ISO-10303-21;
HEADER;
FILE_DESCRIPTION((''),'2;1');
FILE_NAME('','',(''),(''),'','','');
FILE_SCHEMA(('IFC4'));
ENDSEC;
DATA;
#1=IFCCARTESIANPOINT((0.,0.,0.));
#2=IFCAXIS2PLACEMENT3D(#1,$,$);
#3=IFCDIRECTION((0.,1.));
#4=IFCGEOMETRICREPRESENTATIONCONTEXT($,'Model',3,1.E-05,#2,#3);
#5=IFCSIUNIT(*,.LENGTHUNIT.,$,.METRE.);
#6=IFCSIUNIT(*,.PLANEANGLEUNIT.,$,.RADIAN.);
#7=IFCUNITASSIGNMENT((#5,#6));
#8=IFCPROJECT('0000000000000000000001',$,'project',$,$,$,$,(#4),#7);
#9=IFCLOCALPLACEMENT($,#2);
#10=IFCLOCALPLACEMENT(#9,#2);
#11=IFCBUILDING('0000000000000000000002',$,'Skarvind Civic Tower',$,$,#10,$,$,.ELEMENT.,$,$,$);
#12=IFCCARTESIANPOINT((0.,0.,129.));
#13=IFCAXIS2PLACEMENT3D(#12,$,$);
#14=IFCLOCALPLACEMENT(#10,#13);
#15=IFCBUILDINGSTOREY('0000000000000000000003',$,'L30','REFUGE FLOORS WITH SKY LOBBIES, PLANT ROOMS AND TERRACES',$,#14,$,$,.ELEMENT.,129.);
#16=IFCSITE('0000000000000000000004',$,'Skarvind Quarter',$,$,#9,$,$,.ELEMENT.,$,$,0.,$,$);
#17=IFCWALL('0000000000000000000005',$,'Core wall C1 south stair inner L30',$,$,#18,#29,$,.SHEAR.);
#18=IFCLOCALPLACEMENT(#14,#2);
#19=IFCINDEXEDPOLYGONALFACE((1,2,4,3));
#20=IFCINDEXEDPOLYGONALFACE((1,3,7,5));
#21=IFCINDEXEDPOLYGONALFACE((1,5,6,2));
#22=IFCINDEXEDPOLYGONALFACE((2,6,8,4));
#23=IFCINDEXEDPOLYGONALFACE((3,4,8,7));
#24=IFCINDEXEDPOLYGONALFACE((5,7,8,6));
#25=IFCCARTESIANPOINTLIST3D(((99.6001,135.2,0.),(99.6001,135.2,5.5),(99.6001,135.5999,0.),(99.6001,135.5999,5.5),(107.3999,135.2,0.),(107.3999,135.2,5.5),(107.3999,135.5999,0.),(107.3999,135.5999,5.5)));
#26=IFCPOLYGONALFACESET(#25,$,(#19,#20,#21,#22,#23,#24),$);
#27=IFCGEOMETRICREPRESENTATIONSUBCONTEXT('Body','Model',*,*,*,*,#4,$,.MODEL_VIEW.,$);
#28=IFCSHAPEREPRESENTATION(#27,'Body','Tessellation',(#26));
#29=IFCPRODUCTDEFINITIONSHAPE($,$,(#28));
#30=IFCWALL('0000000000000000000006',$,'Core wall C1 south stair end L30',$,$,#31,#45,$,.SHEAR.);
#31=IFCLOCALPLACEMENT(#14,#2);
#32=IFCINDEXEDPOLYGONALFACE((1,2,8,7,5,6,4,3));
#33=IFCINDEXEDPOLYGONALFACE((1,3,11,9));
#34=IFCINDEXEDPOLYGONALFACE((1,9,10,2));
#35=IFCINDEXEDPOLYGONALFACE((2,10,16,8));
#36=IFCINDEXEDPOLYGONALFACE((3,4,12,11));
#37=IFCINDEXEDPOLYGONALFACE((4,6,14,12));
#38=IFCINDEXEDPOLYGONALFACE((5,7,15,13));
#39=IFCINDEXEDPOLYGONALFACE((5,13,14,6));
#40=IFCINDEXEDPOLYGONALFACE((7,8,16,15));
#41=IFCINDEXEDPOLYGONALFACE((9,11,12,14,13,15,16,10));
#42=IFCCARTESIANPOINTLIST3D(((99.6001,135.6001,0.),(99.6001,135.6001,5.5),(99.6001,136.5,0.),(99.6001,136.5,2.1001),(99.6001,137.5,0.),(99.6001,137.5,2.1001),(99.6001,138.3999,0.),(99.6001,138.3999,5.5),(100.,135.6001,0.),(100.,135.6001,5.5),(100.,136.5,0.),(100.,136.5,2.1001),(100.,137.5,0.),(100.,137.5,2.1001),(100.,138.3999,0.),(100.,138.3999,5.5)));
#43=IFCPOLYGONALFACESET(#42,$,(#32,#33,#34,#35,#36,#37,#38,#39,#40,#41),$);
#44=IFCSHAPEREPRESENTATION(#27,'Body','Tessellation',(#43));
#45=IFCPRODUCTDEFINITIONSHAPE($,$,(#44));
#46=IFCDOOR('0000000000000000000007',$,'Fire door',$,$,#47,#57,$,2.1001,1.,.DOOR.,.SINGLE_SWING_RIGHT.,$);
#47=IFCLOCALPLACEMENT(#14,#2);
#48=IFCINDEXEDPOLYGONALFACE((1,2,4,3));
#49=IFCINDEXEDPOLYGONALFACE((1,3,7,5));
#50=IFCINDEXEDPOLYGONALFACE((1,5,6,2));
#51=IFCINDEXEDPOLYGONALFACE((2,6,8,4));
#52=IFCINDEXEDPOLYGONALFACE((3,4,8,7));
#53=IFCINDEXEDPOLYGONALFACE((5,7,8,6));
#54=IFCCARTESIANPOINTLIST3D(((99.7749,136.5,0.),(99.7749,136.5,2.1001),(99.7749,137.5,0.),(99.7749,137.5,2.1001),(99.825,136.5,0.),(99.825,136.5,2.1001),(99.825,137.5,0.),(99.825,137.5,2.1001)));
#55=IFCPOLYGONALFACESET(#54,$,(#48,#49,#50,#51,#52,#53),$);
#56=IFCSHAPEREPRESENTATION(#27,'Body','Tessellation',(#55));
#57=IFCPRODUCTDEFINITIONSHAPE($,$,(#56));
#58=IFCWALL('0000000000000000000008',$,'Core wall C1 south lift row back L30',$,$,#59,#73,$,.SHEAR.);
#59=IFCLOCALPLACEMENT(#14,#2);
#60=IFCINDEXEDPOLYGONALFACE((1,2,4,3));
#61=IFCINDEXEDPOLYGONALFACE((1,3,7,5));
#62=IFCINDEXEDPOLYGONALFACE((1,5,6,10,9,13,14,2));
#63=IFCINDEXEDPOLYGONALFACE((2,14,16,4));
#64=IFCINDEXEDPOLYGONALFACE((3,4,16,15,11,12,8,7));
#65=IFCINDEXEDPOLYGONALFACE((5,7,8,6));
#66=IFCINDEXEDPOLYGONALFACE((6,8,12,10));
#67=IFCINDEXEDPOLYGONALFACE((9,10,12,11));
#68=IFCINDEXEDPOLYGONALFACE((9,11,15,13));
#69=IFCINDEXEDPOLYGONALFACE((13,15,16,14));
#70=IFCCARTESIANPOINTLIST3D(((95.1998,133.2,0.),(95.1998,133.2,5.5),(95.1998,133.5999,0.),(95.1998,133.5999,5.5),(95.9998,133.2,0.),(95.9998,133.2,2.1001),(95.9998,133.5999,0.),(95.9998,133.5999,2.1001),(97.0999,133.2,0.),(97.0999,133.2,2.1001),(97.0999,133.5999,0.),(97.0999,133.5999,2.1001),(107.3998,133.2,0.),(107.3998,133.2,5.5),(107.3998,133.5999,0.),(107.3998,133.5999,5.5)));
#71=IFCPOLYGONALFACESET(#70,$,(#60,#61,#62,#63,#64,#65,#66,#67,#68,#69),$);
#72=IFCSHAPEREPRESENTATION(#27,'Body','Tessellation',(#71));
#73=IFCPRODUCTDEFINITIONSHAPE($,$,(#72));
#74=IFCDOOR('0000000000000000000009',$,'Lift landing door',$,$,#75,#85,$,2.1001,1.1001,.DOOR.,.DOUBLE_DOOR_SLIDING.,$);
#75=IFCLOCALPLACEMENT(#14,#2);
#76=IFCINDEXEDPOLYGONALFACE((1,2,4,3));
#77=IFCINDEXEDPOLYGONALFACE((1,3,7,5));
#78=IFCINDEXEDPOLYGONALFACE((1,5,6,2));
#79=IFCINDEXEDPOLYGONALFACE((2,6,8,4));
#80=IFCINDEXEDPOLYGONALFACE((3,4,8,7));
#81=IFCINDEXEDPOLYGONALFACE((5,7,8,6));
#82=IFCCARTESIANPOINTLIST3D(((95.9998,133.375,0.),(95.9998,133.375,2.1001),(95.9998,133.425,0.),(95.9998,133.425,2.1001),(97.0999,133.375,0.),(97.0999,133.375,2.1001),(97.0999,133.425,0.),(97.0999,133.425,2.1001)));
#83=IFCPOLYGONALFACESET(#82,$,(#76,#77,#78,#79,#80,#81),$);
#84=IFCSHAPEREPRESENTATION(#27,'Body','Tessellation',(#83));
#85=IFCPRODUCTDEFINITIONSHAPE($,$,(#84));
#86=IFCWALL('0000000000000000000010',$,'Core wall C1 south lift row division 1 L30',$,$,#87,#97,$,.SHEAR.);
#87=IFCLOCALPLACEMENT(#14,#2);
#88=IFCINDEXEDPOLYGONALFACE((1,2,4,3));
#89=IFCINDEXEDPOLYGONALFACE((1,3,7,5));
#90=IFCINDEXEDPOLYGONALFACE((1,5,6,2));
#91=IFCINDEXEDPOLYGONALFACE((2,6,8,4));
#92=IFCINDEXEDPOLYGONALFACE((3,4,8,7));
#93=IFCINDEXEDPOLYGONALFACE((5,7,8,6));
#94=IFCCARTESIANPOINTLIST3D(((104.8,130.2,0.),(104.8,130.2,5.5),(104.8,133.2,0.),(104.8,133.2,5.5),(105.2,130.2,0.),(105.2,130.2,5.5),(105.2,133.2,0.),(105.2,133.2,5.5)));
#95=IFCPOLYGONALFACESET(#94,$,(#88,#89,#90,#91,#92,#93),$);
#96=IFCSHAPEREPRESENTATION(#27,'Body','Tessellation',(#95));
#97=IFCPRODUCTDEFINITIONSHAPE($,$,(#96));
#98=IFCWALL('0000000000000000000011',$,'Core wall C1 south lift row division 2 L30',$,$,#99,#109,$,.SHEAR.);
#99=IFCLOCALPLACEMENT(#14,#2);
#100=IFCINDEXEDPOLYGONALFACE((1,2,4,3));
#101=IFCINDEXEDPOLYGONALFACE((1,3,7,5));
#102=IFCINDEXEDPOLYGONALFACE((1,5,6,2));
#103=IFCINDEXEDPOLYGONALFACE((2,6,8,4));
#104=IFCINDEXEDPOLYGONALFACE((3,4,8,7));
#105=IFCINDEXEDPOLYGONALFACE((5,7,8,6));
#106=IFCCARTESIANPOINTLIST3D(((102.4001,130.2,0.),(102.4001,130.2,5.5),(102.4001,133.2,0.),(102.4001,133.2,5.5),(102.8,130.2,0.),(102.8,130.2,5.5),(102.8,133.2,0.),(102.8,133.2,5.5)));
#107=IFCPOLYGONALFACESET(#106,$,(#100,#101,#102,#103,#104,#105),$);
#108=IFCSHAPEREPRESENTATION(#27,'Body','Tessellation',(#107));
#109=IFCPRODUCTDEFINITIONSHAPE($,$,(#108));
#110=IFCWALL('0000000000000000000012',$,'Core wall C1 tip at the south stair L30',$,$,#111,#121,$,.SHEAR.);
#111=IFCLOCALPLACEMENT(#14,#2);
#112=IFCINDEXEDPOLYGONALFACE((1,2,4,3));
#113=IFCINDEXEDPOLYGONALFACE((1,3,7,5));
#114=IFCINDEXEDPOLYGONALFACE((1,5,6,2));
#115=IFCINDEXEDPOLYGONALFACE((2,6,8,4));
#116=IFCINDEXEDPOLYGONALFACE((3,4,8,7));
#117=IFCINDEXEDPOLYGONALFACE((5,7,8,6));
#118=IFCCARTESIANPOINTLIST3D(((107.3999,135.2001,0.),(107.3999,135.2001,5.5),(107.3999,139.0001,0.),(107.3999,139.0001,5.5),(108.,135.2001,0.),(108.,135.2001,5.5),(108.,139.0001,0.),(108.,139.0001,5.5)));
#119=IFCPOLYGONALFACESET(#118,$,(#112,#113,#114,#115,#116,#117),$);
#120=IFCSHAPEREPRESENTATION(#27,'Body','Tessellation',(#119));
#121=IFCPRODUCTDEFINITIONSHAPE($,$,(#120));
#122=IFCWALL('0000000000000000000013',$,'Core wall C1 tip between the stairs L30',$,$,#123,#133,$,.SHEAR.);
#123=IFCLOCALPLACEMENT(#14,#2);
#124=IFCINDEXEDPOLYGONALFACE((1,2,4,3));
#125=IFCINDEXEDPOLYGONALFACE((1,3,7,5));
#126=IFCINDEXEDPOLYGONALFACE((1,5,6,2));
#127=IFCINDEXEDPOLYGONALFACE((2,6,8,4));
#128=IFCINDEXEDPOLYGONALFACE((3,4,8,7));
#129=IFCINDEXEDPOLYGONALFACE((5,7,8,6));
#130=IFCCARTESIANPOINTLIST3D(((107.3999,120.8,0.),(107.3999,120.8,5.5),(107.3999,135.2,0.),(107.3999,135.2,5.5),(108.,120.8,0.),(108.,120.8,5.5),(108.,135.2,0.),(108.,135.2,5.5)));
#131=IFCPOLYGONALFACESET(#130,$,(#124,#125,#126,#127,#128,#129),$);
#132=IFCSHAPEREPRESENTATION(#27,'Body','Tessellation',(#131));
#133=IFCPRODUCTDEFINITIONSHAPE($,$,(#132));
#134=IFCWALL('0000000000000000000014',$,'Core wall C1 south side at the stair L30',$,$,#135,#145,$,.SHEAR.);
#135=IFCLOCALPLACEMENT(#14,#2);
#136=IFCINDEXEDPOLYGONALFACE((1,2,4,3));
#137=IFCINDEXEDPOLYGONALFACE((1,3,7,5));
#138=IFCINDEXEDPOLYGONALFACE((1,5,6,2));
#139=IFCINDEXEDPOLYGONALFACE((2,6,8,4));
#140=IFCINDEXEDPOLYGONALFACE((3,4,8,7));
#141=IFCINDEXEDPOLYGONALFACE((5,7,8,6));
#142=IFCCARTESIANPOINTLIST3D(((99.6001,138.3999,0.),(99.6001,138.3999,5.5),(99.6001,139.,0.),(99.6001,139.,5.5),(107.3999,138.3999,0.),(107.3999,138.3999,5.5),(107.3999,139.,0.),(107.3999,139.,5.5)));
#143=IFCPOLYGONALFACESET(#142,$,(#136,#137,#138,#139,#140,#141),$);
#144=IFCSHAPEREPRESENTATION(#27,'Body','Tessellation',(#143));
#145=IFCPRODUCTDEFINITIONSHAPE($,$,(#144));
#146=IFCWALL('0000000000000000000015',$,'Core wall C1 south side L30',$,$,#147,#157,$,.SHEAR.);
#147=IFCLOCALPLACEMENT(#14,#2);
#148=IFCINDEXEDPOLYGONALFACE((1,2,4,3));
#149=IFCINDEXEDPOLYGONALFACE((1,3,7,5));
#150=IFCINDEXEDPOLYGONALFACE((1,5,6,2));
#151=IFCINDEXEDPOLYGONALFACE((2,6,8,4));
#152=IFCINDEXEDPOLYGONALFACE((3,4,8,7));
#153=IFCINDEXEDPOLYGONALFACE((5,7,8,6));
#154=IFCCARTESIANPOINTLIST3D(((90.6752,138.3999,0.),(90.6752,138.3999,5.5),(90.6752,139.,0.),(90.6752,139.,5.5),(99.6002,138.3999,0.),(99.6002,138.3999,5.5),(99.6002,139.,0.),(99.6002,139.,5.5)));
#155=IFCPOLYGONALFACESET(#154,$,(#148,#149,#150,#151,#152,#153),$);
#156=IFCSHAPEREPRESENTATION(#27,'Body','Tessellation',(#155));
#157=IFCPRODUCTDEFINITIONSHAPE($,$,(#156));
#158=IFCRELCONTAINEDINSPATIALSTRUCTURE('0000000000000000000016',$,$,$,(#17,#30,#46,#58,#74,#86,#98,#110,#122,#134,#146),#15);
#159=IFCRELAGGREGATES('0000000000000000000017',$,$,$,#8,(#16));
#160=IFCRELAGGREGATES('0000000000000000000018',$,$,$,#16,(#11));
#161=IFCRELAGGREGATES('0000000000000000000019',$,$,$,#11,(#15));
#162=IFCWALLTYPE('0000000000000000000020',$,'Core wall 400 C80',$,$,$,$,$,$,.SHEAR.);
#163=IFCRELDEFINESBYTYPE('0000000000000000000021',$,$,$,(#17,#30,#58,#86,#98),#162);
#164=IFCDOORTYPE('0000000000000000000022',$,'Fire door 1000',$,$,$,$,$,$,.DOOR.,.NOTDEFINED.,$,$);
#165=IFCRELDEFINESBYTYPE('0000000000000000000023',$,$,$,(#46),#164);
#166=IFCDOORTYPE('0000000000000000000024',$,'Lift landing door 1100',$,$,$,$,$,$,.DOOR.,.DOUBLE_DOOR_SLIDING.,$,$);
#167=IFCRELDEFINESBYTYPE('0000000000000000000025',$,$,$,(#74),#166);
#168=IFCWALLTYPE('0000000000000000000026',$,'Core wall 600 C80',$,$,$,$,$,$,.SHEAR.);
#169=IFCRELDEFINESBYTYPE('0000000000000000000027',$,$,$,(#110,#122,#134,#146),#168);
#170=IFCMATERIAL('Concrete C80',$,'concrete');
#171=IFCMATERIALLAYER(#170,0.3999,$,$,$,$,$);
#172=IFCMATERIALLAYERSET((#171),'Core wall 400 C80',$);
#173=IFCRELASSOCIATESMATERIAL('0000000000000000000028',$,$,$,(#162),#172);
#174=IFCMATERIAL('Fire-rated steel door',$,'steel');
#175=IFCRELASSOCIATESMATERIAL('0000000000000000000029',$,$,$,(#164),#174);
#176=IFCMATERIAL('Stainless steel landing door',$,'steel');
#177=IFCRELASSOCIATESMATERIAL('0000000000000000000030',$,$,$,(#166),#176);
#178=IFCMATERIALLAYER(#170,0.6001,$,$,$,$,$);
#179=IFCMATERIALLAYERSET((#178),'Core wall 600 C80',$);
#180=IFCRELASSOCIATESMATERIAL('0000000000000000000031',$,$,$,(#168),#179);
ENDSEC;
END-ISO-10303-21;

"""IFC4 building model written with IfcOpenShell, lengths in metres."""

from ifc_helpers import new_model, si_unit, direction, frame, frame_2d, origin, place, context, subcontext, project, spatial, rectangle, extrude, material, layer, layer_set, type_object, element, fill, save


model = new_model("IFC4")

# Units and contexts
model_context = context("Model", 3, precision=1e-05, world=origin(), true_north=direction((0.0, 1.0)))
body_context = subcontext(model_context, "Body", "Model", "MODEL_VIEW")
ifc_project = project(units=[si_unit("LENGTHUNIT", "METRE"), si_unit("PLANEANGLEUNIT", "RADIAN")], contexts=[model_context])

# Site, building, storey
site_placement = place(None, origin())
site = spatial("IfcSite", under=ifc_project, at=site_placement, Name="Skarvind Quarter", CompositionType="ELEMENT", RefElevation=0.0)
building_placement = place(site_placement, origin())
building = spatial("IfcBuilding", under=site, at=building_placement, Name="Skarvind Civic Tower", CompositionType="ELEMENT")
storey_placement = place(building_placement, frame((0.0, 0.0, 129.0)))
storey = spatial("IfcBuildingStorey", under=building, at=storey_placement, Name="L30", Description="REFUGE FLOORS WITH SKY LOBBIES, PLANT ROOMS AND TERRACES", CompositionType="ELEMENT", Elevation=129.0)

# Wall
ifc_material_1 = material(Name="Concrete C80", Category="concrete")
ifc_layer_1 = layer(ifc_material_1, 0.3999)
ifc_layer_set_1 = layer_set([ifc_layer_1], Name="Core wall 400 C80")
wall_type_1 = type_object("IfcWallType", Name="Core wall 400 C80", PredefinedType="SHEAR", material=ifc_layer_set_1)
wall_1_placement = place(storey_placement, frame((107.3999, 135.3999, 0.0), z_axis=(0.0, 0.0, 1.0), x_axis=(-1.0, 0.0, 0.0)))
element("IfcWall", 1, at=wall_1_placement, inside=storey, type_object=wall_type_1, Name="Core wall C1 south stair inner L30", PredefinedType="SHEAR", context=body_context, shape_type="SweptSolid", body=[
    extrude(rectangle(XDim=7.7998, YDim=0.3999, at=frame_2d((3.8999, 0.0))), origin(), (0.0, 0.0, 1.0), 5.5),
])

# Walls, openings, doors
wall_2_placement = place(storey_placement, frame((99.8, 138.3999, 0.0), z_axis=(0.0, 0.0, 1.0), x_axis=(0.0, -1.0, 0.0)))
wall_2 = element("IfcWall", 2, at=wall_2_placement, inside=storey, type_object=wall_type_1, Name="Core wall C1 south stair end L30", PredefinedType="SHEAR", context=body_context, shape_type="SweptSolid", body=[
    extrude(rectangle(XDim=2.7998, YDim=0.3999, at=frame_2d((1.3999, 0.0))), origin(), (0.0, 0.0, 1.0), 5.5),
])
opening_1_placement = place(wall_2_placement, frame((0.8999, 0.0, 0.0)))
opening_1 = element("IfcOpeningElement", 3, at=opening_1_placement, cuts=wall_2, PredefinedType="OPENING", context=body_context, shape_type="SweptSolid", body=[
    extrude(rectangle(XDim=1.0, YDim=2.1001, at=frame_2d((0.5, 1.05))), frame((0.0, 0.21, 0.0), z_axis=(0.0, -1.0, 0.0), x_axis=(1.0, 0.0, 0.0)), (0.0, 0.0, 1.0), 0.4199),
])
ifc_material_2 = material(Name="Fire-rated steel door", Category="steel")
door_type_1 = type_object("IfcDoorType", Name="Fire door 1000", OperationType="NOTDEFINED", PredefinedType="DOOR", material=ifc_material_2)
door_1_placement = place(opening_1_placement, origin())
door_1 = element("IfcDoor", 4, at=door_1_placement, inside=storey, type_object=door_type_1, Name="Fire door", OperationType="SINGLE_SWING_RIGHT", OverallHeight=2.1001, OverallWidth=1.0, PredefinedType="DOOR", context=body_context, shape_type="SweptSolid", body=[
    extrude(rectangle(XDim=1.0, YDim=2.1001, at=frame_2d((0.5, 1.05))), frame((0.0, 0.0249, 0.0), z_axis=(0.0, -1.0, 0.0), x_axis=(1.0, 0.0, 0.0)), (0.0, 0.0, 1.0), 0.05),
])
fill(opening_1, door_1)
wall_3_placement = place(storey_placement, frame((107.3999, 133.3999, 0.0), z_axis=(0.0, 0.0, 1.0), x_axis=(-1.0, 0.0, 0.0)))
wall_3 = element("IfcWall", 5, at=wall_3_placement, inside=storey, type_object=wall_type_1, Name="Core wall C1 south lift row back L30", PredefinedType="SHEAR", context=body_context, shape_type="SweptSolid", body=[
    extrude(rectangle(XDim=12.2, YDim=0.3999, at=frame_2d((6.1001, 0.0))), origin(), (0.0, 0.0, 1.0), 5.5),
])
opening_2_placement = place(wall_3_placement, frame((10.3, 0.0, 0.0)))
opening_2 = element("IfcOpeningElement", 6, at=opening_2_placement, cuts=wall_3, PredefinedType="OPENING", context=body_context, shape_type="SweptSolid", body=[
    extrude(rectangle(XDim=1.1001, YDim=2.1001, at=frame_2d((0.55, 1.05))), frame((0.0, 0.21, 0.0), z_axis=(0.0, -1.0, 0.0), x_axis=(1.0, 0.0, 0.0)), (0.0, 0.0, 1.0), 0.4199),
])
ifc_material_3 = material(Name="Stainless steel landing door", Category="steel")
door_type_2 = type_object("IfcDoorType", Name="Lift landing door 1100", OperationType="DOUBLE_DOOR_SLIDING", PredefinedType="DOOR", material=ifc_material_3)
door_2_placement = place(opening_2_placement, origin())
door_2 = element("IfcDoor", 7, at=door_2_placement, inside=storey, type_object=door_type_2, Name="Lift landing door", OperationType="DOUBLE_DOOR_SLIDING", OverallHeight=2.1001, OverallWidth=1.1001, PredefinedType="DOOR", context=body_context, shape_type="SweptSolid", body=[
    extrude(rectangle(XDim=1.1001, YDim=2.1001, at=frame_2d((0.55, 1.05))), frame((0.0, 0.0249, 0.0), z_axis=(0.0, -1.0, 0.0), x_axis=(1.0, 0.0, 0.0)), (0.0, 0.0, 1.0), 0.05),
])
fill(opening_2, door_2)

# Walls
for number, where, z_axis, x_axis, name in (
    (8, (105.0, 133.2, 0.0), (0.0, 0.0, 1.0), (0.0, -1.0, 0.0), "Core wall C1 south lift row division 1 L30"),
    (9, (102.6001, 133.2, 0.0), (0.0, 0.0, 1.0), (0.0, -1.0, 0.0), "Core wall C1 south lift row division 2 L30"),
):
    element("IfcWall", number, at=place(storey_placement, frame(where, z_axis=z_axis, x_axis=x_axis)), inside=storey, type_object=wall_type_1, Name=name, PredefinedType="SHEAR", context=body_context, shape_type="SweptSolid", body=[
        extrude(rectangle(XDim=3.0, YDim=0.3999, at=frame_2d((1.5, 0.0))), origin(), (0.0, 0.0, 1.0), 5.5),
    ])
ifc_layer_2 = layer(ifc_material_1, 0.6001)
ifc_layer_set_2 = layer_set([ifc_layer_2], Name="Core wall 600 C80")
wall_type_2 = type_object("IfcWallType", Name="Core wall 600 C80", PredefinedType="SHEAR", material=ifc_layer_set_2)
wall_4_placement = place(storey_placement, frame((107.7, 139.0, 0.0), z_axis=(0.0, 0.0, 1.0), x_axis=(0.0, -1.0, 0.0)))
element("IfcWall", 10, at=wall_4_placement, inside=storey, type_object=wall_type_2, Name="Core wall C1 tip at the south stair L30", PredefinedType="SHEAR", context=body_context, shape_type="SweptSolid", body=[
    extrude(rectangle(XDim=3.8, YDim=0.6001, at=frame_2d((1.8999, 0.0))), origin(), (0.0, 0.0, 1.0), 5.5),
])
wall_5_placement = place(storey_placement, frame((107.7, 135.2, 0.0), z_axis=(0.0, 0.0, 1.0), x_axis=(0.0, -1.0, 0.0)))
element("IfcWall", 11, at=wall_5_placement, inside=storey, type_object=wall_type_2, Name="Core wall C1 tip between the stairs L30", PredefinedType="SHEAR", context=body_context, shape_type="SweptSolid", body=[
    extrude(rectangle(XDim=14.3999, YDim=0.6001, at=frame_2d((7.2, 0.0))), origin(), (0.0, 0.0, 1.0), 5.5),
])
wall_6_placement = place(storey_placement, frame((107.3999, 138.7, 0.0), z_axis=(0.0, 0.0, 1.0), x_axis=(-1.0, 0.0, 0.0)))
element("IfcWall", 12, at=wall_6_placement, inside=storey, type_object=wall_type_2, Name="Core wall C1 south side at the stair L30", PredefinedType="SHEAR", context=body_context, shape_type="SweptSolid", body=[
    extrude(rectangle(XDim=7.7998, YDim=0.6001, at=frame_2d((3.8999, 0.0))), origin(), (0.0, 0.0, 1.0), 5.5),
])
wall_7_placement = place(storey_placement, frame((99.6001, 138.7, 0.0), z_axis=(0.0, 0.0, 1.0), x_axis=(-1.0, 0.0, 0.0)))
element("IfcWall", 13, at=wall_7_placement, inside=storey, type_object=wall_type_2, Name="Core wall C1 south side L30", PredefinedType="SHEAR", context=body_context, shape_type="SweptSolid", body=[
    extrude(rectangle(XDim=8.925, YDim=0.6001, at=frame_2d((4.4624, 0.0))), origin(), (0.0, 0.0, 1.0), 5.5),
])

save(model, "model.ifc")
